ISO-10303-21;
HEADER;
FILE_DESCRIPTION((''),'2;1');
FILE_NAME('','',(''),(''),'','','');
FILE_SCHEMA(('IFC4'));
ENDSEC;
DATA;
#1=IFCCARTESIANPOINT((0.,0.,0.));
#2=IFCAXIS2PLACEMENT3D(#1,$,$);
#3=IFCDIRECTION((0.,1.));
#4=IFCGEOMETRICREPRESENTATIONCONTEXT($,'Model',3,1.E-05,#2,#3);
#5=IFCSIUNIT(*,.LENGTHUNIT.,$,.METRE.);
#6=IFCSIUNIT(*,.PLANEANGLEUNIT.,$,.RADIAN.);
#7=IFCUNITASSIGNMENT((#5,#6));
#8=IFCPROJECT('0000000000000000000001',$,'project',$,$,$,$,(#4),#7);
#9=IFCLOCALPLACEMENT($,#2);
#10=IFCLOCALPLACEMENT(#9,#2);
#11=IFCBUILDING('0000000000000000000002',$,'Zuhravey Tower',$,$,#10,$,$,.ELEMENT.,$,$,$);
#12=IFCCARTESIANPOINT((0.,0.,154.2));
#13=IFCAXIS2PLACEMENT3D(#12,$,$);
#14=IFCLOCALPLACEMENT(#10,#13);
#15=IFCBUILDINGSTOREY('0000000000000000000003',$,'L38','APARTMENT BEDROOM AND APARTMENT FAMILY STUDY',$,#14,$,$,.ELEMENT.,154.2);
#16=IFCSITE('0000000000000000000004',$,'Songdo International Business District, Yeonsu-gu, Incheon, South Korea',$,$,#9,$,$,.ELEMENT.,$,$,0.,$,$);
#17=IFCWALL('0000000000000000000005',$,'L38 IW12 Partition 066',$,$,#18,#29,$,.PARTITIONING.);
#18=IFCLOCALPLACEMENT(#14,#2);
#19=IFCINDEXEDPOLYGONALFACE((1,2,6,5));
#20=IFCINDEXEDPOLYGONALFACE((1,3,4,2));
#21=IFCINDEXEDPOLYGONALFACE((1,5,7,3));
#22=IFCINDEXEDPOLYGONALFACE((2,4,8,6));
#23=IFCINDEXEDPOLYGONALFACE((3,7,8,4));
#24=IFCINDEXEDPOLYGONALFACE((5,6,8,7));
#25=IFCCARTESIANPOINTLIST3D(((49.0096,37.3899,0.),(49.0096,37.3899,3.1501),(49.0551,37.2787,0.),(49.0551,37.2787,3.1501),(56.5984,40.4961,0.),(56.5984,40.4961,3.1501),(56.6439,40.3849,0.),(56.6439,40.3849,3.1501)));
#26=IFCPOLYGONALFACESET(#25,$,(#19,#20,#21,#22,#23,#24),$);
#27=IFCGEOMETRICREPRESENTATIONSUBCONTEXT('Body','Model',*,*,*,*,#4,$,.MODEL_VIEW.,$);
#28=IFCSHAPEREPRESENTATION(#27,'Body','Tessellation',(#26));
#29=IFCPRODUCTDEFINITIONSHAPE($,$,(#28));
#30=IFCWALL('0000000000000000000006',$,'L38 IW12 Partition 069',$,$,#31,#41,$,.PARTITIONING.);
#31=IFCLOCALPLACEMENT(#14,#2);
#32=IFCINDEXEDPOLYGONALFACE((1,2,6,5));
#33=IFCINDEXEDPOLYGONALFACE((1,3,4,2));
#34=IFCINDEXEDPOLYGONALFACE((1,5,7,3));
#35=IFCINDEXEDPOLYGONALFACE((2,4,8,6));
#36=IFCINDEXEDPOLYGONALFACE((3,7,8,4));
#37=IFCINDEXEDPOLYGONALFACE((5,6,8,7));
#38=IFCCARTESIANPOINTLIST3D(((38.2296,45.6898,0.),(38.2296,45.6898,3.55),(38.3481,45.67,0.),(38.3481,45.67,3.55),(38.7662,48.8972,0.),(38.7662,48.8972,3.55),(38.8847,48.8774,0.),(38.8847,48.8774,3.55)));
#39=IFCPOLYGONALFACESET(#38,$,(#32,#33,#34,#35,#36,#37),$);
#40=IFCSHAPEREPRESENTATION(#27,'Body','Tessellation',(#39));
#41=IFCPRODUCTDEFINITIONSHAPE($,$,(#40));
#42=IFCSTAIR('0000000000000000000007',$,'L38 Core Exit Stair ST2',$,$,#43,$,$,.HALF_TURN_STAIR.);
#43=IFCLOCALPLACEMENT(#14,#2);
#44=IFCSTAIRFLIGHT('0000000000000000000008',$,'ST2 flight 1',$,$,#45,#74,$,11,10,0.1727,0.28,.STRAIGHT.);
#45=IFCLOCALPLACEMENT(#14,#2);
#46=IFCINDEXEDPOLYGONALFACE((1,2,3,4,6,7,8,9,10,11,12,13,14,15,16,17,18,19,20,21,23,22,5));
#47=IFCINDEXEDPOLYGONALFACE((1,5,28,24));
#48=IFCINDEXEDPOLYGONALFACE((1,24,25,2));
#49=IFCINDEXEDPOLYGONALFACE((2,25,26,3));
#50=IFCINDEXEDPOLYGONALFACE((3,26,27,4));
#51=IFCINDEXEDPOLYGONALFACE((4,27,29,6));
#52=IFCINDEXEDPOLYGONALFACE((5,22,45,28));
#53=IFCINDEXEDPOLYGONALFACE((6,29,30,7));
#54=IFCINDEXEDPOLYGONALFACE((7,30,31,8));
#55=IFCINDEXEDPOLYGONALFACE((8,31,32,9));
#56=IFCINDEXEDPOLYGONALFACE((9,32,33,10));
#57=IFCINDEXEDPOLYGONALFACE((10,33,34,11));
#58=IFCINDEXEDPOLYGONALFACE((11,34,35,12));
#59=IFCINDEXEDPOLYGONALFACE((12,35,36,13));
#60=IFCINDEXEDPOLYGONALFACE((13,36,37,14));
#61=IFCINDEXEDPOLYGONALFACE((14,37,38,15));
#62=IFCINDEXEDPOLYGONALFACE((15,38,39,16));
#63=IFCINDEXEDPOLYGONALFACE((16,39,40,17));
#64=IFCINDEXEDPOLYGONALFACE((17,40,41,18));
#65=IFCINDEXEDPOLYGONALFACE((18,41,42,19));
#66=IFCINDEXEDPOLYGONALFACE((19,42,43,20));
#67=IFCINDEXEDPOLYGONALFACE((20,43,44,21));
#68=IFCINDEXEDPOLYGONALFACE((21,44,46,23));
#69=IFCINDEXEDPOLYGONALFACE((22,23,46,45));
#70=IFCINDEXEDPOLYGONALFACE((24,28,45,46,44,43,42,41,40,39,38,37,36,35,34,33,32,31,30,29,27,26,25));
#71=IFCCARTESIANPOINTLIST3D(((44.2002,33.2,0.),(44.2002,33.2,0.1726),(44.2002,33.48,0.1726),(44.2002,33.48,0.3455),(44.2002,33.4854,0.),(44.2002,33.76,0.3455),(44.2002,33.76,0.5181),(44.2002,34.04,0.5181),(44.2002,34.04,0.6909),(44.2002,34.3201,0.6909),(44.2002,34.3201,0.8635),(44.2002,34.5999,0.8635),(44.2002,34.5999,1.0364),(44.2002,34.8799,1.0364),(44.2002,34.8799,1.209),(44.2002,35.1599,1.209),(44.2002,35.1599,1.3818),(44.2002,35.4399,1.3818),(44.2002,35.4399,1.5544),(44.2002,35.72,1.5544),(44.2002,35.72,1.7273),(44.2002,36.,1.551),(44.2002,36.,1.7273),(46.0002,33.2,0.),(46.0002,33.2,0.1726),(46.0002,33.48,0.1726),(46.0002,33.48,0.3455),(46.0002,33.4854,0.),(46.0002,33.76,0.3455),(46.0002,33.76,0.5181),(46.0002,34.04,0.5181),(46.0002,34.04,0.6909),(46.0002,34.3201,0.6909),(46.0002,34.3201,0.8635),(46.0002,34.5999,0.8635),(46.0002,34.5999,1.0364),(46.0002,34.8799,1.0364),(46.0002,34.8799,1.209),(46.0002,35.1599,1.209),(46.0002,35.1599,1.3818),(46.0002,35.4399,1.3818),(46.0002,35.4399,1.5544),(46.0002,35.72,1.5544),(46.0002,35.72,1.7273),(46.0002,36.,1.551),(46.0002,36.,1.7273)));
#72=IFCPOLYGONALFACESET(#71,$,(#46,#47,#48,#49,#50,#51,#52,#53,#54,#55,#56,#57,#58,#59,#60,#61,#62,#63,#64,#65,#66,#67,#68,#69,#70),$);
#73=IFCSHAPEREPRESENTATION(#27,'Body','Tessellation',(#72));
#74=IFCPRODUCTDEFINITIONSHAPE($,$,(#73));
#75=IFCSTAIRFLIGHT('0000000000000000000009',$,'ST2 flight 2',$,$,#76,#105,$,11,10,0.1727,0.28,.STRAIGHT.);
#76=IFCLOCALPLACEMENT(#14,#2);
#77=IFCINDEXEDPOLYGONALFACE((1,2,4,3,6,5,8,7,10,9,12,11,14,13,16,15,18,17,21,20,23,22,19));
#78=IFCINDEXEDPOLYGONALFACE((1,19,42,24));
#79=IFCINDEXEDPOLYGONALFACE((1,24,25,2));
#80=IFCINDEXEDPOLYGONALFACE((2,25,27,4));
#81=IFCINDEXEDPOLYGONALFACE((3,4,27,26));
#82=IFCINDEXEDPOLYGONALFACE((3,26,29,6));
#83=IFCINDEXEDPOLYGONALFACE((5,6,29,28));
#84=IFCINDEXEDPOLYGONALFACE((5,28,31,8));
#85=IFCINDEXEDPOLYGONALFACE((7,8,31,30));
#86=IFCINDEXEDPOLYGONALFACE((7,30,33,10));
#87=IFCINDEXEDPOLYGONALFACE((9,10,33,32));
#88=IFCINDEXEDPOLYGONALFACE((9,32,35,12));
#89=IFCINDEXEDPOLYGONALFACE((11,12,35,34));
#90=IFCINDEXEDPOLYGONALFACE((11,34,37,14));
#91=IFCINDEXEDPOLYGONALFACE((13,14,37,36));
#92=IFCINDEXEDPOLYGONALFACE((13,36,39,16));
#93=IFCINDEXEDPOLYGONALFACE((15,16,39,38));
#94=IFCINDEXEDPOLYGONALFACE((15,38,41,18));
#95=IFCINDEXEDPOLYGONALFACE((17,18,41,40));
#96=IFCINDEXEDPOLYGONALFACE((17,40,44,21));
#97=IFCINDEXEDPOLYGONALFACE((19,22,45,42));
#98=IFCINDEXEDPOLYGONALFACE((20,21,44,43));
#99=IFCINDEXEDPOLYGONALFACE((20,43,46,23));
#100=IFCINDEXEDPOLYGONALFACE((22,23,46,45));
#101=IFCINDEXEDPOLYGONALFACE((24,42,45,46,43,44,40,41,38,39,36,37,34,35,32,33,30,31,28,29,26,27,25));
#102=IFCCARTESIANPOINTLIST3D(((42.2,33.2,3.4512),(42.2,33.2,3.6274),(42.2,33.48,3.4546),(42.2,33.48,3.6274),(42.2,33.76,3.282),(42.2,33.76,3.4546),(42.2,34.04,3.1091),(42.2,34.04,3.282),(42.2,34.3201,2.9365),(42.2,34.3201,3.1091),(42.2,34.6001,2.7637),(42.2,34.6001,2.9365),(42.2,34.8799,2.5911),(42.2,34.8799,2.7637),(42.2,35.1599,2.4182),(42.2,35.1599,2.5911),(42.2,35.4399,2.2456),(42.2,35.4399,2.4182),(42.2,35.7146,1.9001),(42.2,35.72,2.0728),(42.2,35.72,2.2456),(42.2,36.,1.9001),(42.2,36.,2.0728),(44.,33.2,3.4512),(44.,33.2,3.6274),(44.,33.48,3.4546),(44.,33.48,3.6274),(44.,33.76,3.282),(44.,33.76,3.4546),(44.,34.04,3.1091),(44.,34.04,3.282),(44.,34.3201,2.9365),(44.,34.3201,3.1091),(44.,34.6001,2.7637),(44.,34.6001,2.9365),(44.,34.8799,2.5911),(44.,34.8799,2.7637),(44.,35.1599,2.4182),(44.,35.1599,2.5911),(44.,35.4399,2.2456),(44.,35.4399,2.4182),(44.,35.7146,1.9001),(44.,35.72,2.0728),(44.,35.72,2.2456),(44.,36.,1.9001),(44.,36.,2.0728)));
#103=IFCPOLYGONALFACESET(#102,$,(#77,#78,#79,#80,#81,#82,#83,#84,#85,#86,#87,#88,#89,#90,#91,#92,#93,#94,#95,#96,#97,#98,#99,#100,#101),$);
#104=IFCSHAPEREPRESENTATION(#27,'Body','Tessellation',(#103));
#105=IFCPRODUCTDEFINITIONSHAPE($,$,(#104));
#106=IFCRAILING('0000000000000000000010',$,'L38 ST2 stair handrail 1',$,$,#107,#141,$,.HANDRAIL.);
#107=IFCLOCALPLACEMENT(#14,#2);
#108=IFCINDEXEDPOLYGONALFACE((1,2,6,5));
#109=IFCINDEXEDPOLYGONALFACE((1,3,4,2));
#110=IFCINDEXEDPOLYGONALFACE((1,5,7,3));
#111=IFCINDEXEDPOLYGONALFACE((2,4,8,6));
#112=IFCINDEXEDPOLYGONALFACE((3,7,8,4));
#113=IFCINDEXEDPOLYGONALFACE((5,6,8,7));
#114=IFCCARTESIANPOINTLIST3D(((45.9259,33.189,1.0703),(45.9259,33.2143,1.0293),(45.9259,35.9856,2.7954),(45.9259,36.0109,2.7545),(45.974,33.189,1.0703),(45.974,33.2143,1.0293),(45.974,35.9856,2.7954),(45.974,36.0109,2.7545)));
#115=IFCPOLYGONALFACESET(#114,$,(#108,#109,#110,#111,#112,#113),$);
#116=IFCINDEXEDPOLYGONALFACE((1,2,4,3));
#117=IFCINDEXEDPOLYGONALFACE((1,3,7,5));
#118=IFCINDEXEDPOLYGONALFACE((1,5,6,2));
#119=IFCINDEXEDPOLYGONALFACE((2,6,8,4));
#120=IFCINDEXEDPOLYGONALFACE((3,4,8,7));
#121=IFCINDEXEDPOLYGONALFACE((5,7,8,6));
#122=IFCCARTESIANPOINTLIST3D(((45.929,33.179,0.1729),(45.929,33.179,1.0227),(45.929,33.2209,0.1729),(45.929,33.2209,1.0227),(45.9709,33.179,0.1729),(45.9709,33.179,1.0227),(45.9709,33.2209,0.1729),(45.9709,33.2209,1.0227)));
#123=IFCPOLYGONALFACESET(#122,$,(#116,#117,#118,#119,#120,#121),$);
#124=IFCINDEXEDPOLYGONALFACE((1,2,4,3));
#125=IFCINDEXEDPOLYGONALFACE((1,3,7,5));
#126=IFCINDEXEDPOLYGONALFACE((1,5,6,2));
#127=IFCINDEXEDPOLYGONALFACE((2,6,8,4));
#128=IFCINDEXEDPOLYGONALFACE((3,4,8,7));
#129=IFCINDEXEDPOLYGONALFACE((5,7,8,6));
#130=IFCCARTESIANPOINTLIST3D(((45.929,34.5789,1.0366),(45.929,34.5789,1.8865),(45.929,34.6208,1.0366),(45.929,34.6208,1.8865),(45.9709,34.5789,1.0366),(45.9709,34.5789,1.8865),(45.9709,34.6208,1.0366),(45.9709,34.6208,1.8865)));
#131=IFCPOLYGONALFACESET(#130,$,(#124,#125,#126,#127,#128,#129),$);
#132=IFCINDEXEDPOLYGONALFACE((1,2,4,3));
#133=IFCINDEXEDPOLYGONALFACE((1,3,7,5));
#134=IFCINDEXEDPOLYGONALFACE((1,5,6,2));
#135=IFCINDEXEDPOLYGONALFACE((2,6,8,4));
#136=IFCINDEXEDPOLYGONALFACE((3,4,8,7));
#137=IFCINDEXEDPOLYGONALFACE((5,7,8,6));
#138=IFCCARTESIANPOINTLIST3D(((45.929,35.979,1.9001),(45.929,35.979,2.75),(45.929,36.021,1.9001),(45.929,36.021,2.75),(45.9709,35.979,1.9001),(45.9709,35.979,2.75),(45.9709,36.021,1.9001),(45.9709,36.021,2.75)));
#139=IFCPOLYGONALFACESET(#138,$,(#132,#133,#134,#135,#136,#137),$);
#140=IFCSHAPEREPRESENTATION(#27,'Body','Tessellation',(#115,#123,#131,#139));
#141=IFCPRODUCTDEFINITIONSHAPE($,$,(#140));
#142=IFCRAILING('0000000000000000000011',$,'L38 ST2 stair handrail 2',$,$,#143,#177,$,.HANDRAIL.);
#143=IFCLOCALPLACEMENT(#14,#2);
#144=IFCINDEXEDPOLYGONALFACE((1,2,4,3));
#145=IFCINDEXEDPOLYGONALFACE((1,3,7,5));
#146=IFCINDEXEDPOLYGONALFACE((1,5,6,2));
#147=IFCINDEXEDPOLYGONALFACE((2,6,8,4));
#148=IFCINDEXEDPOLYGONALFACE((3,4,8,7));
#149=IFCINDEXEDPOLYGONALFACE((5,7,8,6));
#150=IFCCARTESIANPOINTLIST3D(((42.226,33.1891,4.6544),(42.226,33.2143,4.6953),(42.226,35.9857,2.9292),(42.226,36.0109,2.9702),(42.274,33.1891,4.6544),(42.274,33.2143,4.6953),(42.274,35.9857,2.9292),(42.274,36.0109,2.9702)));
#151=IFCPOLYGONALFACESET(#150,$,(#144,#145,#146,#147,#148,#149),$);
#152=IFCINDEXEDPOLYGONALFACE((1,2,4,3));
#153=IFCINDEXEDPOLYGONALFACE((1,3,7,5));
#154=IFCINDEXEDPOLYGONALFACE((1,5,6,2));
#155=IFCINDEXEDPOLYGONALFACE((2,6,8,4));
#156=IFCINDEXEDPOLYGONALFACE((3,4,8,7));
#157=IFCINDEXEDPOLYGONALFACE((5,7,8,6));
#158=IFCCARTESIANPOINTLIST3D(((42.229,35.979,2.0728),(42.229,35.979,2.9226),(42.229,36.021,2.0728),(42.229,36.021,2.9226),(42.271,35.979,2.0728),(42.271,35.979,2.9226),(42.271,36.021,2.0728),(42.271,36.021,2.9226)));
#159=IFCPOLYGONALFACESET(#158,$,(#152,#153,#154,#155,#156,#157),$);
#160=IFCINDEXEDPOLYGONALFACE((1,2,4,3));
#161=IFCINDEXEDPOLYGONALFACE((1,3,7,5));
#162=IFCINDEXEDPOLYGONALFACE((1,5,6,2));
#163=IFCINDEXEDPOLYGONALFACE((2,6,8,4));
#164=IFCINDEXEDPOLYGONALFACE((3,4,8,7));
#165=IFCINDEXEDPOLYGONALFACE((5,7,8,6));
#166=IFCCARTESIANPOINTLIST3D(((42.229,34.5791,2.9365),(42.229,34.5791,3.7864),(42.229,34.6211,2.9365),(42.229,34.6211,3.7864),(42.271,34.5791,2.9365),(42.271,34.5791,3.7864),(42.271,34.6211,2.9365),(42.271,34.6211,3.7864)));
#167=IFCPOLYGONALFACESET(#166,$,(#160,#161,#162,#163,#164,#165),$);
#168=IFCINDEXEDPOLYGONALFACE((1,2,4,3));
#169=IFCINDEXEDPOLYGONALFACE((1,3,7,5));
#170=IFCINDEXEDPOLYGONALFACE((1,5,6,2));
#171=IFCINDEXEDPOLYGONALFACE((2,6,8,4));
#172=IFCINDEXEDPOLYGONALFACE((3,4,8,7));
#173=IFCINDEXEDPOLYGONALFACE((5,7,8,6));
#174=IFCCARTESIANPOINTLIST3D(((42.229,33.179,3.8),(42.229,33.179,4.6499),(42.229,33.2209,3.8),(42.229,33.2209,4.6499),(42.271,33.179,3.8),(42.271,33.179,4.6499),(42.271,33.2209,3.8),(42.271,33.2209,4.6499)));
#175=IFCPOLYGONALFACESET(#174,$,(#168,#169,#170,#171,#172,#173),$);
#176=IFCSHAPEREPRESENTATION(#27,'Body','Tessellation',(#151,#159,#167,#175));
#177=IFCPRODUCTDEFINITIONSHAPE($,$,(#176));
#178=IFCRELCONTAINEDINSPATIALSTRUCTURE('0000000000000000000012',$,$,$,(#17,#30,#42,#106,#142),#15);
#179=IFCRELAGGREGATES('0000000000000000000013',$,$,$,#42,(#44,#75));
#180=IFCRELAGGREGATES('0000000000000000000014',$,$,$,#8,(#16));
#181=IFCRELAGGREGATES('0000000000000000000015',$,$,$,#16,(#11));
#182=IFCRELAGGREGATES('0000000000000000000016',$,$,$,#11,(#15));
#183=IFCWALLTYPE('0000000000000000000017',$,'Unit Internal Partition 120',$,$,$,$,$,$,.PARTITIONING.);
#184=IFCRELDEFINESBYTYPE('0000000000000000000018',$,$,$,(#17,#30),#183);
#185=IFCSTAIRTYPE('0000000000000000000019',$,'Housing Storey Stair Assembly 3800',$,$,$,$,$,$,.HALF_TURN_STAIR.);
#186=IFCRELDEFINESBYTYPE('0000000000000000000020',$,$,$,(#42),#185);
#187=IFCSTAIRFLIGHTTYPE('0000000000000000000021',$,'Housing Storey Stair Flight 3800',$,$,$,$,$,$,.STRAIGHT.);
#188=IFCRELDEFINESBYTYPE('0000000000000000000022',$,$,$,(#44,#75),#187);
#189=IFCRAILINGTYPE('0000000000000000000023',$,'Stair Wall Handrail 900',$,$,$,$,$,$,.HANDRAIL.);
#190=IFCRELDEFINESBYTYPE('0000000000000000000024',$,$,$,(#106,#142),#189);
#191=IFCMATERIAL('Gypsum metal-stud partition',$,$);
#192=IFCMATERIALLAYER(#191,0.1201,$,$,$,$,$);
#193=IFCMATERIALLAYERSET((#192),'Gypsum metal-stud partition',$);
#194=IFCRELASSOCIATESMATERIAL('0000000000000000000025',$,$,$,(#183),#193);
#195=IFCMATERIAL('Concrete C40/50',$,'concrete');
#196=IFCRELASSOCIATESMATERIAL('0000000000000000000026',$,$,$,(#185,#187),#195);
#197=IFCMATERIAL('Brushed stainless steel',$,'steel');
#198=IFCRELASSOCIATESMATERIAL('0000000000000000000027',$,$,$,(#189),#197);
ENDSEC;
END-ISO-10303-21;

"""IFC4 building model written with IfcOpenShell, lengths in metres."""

from ifc_helpers import new_model, si_unit, direction, frame, frame_2d, origin, origin_2d, place, context, subcontext, project, spatial, polyline, rectangle, outline, extrude, material, layer, layer_set, type_object, element, aggregate, save


model = new_model("IFC4")

# Units and contexts
model_context = context("Model", 3, precision=1e-05, world=origin(), true_north=direction((0.0, 1.0)))
body_context = subcontext(model_context, "Body", "Model", "MODEL_VIEW")
ifc_project = project(units=[si_unit("LENGTHUNIT", "METRE"), si_unit("PLANEANGLEUNIT", "RADIAN")], contexts=[model_context])

# Site, building, storey
site_placement = place(None, origin())
site = spatial("IfcSite", under=ifc_project, at=site_placement, Name="Songdo International Business District, Yeonsu-gu, Incheon, South Korea", CompositionType="ELEMENT", RefElevation=0.0)
building_placement = place(site_placement, origin())
building = spatial("IfcBuilding", under=site, at=building_placement, Name="Zuhravey Tower", CompositionType="ELEMENT")
storey_placement = place(building_placement, frame((0.0, 0.0, 154.2)))
storey = spatial("IfcBuildingStorey", under=building, at=storey_placement, Name="L38", Description="APARTMENT BEDROOM AND APARTMENT FAMILY STUDY", CompositionType="ELEMENT", Elevation=154.2)

# Walls
ifc_material_1 = material(Name="Gypsum metal-stud partition")
ifc_layer_1 = layer(ifc_material_1, 0.1201)
ifc_layer_set_1 = layer_set([ifc_layer_1], Name="Gypsum metal-stud partition")
wall_type_1 = type_object("IfcWallType", Name="Unit Internal Partition 120", PredefinedType="PARTITIONING", material=ifc_layer_set_1)
wall_1_placement = place(storey_placement, frame((49.0322, 37.3342, 0.0), z_axis=(0.0, 0.0, 1.0), x_axis=(0.925476, 0.378807, 0.0)))
element("IfcWall", 1, at=wall_1_placement, inside=storey, type_object=wall_type_1, Name="L38 IW12 Partition 066", PredefinedType="PARTITIONING", context=body_context, shape_type="SweptSolid", body=[
    extrude(rectangle(XDim=8.2, YDim=0.1201, at=frame_2d((4.1001, 0.0))), origin(), (0.0, 0.0, 1.0), 3.1501),
])
wall_2_placement = place(storey_placement, frame((38.2888, 45.6799, 0.0), z_axis=(0.0, 0.0, 1.0), x_axis=(0.16502, 0.98629, 0.0)))
element("IfcWall", 2, at=wall_2_placement, inside=storey, type_object=wall_type_1, Name="L38 IW12 Partition 069", PredefinedType="PARTITIONING", context=body_context, shape_type="SweptSolid", body=[
    extrude(rectangle(XDim=3.252, YDim=0.1201, at=frame_2d((1.626, 0.0))), origin(), (0.0, 0.0, 1.0), 3.55),
])

# Stair, stair flights
ifc_material_2 = material(Name="Concrete C40/50", Category="concrete")
stair_type = type_object("IfcStairType", Name="Housing Storey Stair Assembly 3800", PredefinedType="HALF_TURN_STAIR", material=ifc_material_2)
stair_placement = place(storey_placement, origin())
stair = element("IfcStair", 3, at=stair_placement, inside=storey, type_object=stair_type, Name="L38 Core Exit Stair ST2", PredefinedType="HALF_TURN_STAIR")
stair_flight_type = type_object("IfcStairFlightType", Name="Housing Storey Stair Flight 3800", PredefinedType="STRAIGHT", material=ifc_material_2)
stair_flight_1_placement = place(storey_placement, frame((45.1001, 33.2, 0.0), z_axis=(0.0, 0.0, 1.0), x_axis=(0.0, 1.0, 0.0)))
stair_flight_1 = element("IfcStairFlight", 4, at=stair_flight_1_placement, type_object=stair_flight_type, Name="ST2 flight 1", NumberOfRisers=11, NumberOfTreads=10, PredefinedType="STRAIGHT", RiserHeight=0.1727, TreadLength=0.28, context=body_context, shape_type="SweptSolid", body=[
    extrude(outline(polyline([(0.0, 0.0), (0.0, 0.1726), (0.28, 0.1726), (0.28, 0.3455), (0.5601, 0.3455), (0.5601, 0.5181), (0.8401, 0.5181), (0.8401, 0.6909), (1.1201, 0.6909), (1.1201, 0.8635), (1.3999, 0.8635), (1.3999, 1.0364), (1.6799, 1.0364), (1.6799, 1.209), (1.96, 1.209), (1.96, 1.3818), (2.24, 1.3818), (2.24, 1.5544), (2.52, 1.5544), (2.52, 1.7273), (2.8, 1.7273), (2.8, 1.8999), (2.8, 1.551), (0.2854, 0.0), (0.0, 0.0)])), frame((0.0, 0.8999, 0.0), z_axis=(0.0, -1.0, 0.0), x_axis=(1.0, 0.0, 0.0)), (0.0, 0.0, 1.0), 1.8),
])
stair_flight_2_placement = place(storey_placement, frame((43.1001, 36.0, 1.9001), z_axis=(0.0, 0.0, 1.0), x_axis=(0.0, -1.0, 0.0)))
stair_flight_2 = element("IfcStairFlight", 5, at=stair_flight_2_placement, type_object=stair_flight_type, Name="ST2 flight 2", NumberOfRisers=11, NumberOfTreads=10, PredefinedType="STRAIGHT", RiserHeight=0.1727, TreadLength=0.28, context=body_context, shape_type="SweptSolid", body=[
    extrude(outline(polyline([(0.0, 0.0), (0.0, 0.1726), (0.28, 0.1726), (0.28, 0.3455), (0.5601, 0.3455), (0.5601, 0.5181), (0.8401, 0.5181), (0.8401, 0.6909), (1.1201, 0.6909), (1.1201, 0.8635), (1.3999, 0.8635), (1.3999, 1.0364), (1.6799, 1.0364), (1.6799, 1.209), (1.96, 1.209), (1.96, 1.3818), (2.24, 1.3818), (2.24, 1.5544), (2.52, 1.5544), (2.52, 1.7273), (2.8, 1.7273), (2.8, 1.8999), (2.8, 1.551), (0.2854, 0.0), (0.0, 0.0)])), frame((0.0, 0.8999, 0.0), z_axis=(0.0, -1.0, 0.0), x_axis=(1.0, 0.0, 0.0)), (0.0, 0.0, 1.0), 1.8),
])
aggregate(stair, [stair_flight_1, stair_flight_2])

# Railings
ifc_material_3 = material(Name="Brushed stainless steel", Category="steel")
railing_type_1 = type_object("IfcRailingType", Name="Stair Wall Handrail 900", PredefinedType="HANDRAIL", material=ifc_material_3)
railing_1_placement = place(storey_placement, frame((45.95, 33.2, 0.1729)))
element("IfcRailing", 6, at=railing_1_placement, inside=storey, type_object=railing_type_1, Name="L38 ST2 stair handrail 1", PredefinedType="HANDRAIL", context=body_context, shape_type="SweptSolid", body=[
    extrude(rectangle(XDim=0.0481, YDim=0.0481, at=origin_2d()), frame((0.0, 0.0017, 0.877), z_axis=(0.0, 0.85109, 0.52502), x_axis=(-1.0, 0.0, 0.0)), (0.0, 0.0, 1.0), 3.2859),
    extrude(rectangle(XDim=0.042, YDim=0.042, at=origin_2d()), origin(), (0.0, 0.0, 1.0), 0.8499),
    extrude(rectangle(XDim=0.042, YDim=0.042, at=origin_2d()), frame((0.0, 1.3999, 0.8638)), (0.0, 0.0, 1.0), 0.8499),
    extrude(rectangle(XDim=0.042, YDim=0.042, at=origin_2d()), frame((0.0, 2.8, 1.7273)), (0.0, 0.0, 1.0), 0.8499),
])
railing_2_placement = place(storey_placement, frame((42.25, 36.0, 2.0728)))
element("IfcRailing", 7, at=railing_2_placement, inside=storey, type_object=railing_type_1, Name="L38 ST2 stair handrail 2", PredefinedType="HANDRAIL", context=body_context, shape_type="SweptSolid", body=[
    extrude(rectangle(XDim=0.0481, YDim=0.0481, at=origin_2d()), frame((0.0, -0.0017, 0.877), z_axis=(0.0, -0.85109, 0.52502), x_axis=(1.0, 0.0, 0.0)), (0.0, 0.0, 1.0), 3.2859),
    extrude(rectangle(XDim=0.042, YDim=0.042, at=origin_2d()), origin(), (0.0, 0.0, 1.0), 0.8499),
    extrude(rectangle(XDim=0.042, YDim=0.042, at=origin_2d()), frame((0.0, -1.3999, 0.8638)), (0.0, 0.0, 1.0), 0.8499),
    extrude(rectangle(XDim=0.042, YDim=0.042, at=origin_2d()), frame((0.0, -2.8, 1.7273)), (0.0, 0.0, 1.0), 0.8499),
])

save(model, "model.ifc")
